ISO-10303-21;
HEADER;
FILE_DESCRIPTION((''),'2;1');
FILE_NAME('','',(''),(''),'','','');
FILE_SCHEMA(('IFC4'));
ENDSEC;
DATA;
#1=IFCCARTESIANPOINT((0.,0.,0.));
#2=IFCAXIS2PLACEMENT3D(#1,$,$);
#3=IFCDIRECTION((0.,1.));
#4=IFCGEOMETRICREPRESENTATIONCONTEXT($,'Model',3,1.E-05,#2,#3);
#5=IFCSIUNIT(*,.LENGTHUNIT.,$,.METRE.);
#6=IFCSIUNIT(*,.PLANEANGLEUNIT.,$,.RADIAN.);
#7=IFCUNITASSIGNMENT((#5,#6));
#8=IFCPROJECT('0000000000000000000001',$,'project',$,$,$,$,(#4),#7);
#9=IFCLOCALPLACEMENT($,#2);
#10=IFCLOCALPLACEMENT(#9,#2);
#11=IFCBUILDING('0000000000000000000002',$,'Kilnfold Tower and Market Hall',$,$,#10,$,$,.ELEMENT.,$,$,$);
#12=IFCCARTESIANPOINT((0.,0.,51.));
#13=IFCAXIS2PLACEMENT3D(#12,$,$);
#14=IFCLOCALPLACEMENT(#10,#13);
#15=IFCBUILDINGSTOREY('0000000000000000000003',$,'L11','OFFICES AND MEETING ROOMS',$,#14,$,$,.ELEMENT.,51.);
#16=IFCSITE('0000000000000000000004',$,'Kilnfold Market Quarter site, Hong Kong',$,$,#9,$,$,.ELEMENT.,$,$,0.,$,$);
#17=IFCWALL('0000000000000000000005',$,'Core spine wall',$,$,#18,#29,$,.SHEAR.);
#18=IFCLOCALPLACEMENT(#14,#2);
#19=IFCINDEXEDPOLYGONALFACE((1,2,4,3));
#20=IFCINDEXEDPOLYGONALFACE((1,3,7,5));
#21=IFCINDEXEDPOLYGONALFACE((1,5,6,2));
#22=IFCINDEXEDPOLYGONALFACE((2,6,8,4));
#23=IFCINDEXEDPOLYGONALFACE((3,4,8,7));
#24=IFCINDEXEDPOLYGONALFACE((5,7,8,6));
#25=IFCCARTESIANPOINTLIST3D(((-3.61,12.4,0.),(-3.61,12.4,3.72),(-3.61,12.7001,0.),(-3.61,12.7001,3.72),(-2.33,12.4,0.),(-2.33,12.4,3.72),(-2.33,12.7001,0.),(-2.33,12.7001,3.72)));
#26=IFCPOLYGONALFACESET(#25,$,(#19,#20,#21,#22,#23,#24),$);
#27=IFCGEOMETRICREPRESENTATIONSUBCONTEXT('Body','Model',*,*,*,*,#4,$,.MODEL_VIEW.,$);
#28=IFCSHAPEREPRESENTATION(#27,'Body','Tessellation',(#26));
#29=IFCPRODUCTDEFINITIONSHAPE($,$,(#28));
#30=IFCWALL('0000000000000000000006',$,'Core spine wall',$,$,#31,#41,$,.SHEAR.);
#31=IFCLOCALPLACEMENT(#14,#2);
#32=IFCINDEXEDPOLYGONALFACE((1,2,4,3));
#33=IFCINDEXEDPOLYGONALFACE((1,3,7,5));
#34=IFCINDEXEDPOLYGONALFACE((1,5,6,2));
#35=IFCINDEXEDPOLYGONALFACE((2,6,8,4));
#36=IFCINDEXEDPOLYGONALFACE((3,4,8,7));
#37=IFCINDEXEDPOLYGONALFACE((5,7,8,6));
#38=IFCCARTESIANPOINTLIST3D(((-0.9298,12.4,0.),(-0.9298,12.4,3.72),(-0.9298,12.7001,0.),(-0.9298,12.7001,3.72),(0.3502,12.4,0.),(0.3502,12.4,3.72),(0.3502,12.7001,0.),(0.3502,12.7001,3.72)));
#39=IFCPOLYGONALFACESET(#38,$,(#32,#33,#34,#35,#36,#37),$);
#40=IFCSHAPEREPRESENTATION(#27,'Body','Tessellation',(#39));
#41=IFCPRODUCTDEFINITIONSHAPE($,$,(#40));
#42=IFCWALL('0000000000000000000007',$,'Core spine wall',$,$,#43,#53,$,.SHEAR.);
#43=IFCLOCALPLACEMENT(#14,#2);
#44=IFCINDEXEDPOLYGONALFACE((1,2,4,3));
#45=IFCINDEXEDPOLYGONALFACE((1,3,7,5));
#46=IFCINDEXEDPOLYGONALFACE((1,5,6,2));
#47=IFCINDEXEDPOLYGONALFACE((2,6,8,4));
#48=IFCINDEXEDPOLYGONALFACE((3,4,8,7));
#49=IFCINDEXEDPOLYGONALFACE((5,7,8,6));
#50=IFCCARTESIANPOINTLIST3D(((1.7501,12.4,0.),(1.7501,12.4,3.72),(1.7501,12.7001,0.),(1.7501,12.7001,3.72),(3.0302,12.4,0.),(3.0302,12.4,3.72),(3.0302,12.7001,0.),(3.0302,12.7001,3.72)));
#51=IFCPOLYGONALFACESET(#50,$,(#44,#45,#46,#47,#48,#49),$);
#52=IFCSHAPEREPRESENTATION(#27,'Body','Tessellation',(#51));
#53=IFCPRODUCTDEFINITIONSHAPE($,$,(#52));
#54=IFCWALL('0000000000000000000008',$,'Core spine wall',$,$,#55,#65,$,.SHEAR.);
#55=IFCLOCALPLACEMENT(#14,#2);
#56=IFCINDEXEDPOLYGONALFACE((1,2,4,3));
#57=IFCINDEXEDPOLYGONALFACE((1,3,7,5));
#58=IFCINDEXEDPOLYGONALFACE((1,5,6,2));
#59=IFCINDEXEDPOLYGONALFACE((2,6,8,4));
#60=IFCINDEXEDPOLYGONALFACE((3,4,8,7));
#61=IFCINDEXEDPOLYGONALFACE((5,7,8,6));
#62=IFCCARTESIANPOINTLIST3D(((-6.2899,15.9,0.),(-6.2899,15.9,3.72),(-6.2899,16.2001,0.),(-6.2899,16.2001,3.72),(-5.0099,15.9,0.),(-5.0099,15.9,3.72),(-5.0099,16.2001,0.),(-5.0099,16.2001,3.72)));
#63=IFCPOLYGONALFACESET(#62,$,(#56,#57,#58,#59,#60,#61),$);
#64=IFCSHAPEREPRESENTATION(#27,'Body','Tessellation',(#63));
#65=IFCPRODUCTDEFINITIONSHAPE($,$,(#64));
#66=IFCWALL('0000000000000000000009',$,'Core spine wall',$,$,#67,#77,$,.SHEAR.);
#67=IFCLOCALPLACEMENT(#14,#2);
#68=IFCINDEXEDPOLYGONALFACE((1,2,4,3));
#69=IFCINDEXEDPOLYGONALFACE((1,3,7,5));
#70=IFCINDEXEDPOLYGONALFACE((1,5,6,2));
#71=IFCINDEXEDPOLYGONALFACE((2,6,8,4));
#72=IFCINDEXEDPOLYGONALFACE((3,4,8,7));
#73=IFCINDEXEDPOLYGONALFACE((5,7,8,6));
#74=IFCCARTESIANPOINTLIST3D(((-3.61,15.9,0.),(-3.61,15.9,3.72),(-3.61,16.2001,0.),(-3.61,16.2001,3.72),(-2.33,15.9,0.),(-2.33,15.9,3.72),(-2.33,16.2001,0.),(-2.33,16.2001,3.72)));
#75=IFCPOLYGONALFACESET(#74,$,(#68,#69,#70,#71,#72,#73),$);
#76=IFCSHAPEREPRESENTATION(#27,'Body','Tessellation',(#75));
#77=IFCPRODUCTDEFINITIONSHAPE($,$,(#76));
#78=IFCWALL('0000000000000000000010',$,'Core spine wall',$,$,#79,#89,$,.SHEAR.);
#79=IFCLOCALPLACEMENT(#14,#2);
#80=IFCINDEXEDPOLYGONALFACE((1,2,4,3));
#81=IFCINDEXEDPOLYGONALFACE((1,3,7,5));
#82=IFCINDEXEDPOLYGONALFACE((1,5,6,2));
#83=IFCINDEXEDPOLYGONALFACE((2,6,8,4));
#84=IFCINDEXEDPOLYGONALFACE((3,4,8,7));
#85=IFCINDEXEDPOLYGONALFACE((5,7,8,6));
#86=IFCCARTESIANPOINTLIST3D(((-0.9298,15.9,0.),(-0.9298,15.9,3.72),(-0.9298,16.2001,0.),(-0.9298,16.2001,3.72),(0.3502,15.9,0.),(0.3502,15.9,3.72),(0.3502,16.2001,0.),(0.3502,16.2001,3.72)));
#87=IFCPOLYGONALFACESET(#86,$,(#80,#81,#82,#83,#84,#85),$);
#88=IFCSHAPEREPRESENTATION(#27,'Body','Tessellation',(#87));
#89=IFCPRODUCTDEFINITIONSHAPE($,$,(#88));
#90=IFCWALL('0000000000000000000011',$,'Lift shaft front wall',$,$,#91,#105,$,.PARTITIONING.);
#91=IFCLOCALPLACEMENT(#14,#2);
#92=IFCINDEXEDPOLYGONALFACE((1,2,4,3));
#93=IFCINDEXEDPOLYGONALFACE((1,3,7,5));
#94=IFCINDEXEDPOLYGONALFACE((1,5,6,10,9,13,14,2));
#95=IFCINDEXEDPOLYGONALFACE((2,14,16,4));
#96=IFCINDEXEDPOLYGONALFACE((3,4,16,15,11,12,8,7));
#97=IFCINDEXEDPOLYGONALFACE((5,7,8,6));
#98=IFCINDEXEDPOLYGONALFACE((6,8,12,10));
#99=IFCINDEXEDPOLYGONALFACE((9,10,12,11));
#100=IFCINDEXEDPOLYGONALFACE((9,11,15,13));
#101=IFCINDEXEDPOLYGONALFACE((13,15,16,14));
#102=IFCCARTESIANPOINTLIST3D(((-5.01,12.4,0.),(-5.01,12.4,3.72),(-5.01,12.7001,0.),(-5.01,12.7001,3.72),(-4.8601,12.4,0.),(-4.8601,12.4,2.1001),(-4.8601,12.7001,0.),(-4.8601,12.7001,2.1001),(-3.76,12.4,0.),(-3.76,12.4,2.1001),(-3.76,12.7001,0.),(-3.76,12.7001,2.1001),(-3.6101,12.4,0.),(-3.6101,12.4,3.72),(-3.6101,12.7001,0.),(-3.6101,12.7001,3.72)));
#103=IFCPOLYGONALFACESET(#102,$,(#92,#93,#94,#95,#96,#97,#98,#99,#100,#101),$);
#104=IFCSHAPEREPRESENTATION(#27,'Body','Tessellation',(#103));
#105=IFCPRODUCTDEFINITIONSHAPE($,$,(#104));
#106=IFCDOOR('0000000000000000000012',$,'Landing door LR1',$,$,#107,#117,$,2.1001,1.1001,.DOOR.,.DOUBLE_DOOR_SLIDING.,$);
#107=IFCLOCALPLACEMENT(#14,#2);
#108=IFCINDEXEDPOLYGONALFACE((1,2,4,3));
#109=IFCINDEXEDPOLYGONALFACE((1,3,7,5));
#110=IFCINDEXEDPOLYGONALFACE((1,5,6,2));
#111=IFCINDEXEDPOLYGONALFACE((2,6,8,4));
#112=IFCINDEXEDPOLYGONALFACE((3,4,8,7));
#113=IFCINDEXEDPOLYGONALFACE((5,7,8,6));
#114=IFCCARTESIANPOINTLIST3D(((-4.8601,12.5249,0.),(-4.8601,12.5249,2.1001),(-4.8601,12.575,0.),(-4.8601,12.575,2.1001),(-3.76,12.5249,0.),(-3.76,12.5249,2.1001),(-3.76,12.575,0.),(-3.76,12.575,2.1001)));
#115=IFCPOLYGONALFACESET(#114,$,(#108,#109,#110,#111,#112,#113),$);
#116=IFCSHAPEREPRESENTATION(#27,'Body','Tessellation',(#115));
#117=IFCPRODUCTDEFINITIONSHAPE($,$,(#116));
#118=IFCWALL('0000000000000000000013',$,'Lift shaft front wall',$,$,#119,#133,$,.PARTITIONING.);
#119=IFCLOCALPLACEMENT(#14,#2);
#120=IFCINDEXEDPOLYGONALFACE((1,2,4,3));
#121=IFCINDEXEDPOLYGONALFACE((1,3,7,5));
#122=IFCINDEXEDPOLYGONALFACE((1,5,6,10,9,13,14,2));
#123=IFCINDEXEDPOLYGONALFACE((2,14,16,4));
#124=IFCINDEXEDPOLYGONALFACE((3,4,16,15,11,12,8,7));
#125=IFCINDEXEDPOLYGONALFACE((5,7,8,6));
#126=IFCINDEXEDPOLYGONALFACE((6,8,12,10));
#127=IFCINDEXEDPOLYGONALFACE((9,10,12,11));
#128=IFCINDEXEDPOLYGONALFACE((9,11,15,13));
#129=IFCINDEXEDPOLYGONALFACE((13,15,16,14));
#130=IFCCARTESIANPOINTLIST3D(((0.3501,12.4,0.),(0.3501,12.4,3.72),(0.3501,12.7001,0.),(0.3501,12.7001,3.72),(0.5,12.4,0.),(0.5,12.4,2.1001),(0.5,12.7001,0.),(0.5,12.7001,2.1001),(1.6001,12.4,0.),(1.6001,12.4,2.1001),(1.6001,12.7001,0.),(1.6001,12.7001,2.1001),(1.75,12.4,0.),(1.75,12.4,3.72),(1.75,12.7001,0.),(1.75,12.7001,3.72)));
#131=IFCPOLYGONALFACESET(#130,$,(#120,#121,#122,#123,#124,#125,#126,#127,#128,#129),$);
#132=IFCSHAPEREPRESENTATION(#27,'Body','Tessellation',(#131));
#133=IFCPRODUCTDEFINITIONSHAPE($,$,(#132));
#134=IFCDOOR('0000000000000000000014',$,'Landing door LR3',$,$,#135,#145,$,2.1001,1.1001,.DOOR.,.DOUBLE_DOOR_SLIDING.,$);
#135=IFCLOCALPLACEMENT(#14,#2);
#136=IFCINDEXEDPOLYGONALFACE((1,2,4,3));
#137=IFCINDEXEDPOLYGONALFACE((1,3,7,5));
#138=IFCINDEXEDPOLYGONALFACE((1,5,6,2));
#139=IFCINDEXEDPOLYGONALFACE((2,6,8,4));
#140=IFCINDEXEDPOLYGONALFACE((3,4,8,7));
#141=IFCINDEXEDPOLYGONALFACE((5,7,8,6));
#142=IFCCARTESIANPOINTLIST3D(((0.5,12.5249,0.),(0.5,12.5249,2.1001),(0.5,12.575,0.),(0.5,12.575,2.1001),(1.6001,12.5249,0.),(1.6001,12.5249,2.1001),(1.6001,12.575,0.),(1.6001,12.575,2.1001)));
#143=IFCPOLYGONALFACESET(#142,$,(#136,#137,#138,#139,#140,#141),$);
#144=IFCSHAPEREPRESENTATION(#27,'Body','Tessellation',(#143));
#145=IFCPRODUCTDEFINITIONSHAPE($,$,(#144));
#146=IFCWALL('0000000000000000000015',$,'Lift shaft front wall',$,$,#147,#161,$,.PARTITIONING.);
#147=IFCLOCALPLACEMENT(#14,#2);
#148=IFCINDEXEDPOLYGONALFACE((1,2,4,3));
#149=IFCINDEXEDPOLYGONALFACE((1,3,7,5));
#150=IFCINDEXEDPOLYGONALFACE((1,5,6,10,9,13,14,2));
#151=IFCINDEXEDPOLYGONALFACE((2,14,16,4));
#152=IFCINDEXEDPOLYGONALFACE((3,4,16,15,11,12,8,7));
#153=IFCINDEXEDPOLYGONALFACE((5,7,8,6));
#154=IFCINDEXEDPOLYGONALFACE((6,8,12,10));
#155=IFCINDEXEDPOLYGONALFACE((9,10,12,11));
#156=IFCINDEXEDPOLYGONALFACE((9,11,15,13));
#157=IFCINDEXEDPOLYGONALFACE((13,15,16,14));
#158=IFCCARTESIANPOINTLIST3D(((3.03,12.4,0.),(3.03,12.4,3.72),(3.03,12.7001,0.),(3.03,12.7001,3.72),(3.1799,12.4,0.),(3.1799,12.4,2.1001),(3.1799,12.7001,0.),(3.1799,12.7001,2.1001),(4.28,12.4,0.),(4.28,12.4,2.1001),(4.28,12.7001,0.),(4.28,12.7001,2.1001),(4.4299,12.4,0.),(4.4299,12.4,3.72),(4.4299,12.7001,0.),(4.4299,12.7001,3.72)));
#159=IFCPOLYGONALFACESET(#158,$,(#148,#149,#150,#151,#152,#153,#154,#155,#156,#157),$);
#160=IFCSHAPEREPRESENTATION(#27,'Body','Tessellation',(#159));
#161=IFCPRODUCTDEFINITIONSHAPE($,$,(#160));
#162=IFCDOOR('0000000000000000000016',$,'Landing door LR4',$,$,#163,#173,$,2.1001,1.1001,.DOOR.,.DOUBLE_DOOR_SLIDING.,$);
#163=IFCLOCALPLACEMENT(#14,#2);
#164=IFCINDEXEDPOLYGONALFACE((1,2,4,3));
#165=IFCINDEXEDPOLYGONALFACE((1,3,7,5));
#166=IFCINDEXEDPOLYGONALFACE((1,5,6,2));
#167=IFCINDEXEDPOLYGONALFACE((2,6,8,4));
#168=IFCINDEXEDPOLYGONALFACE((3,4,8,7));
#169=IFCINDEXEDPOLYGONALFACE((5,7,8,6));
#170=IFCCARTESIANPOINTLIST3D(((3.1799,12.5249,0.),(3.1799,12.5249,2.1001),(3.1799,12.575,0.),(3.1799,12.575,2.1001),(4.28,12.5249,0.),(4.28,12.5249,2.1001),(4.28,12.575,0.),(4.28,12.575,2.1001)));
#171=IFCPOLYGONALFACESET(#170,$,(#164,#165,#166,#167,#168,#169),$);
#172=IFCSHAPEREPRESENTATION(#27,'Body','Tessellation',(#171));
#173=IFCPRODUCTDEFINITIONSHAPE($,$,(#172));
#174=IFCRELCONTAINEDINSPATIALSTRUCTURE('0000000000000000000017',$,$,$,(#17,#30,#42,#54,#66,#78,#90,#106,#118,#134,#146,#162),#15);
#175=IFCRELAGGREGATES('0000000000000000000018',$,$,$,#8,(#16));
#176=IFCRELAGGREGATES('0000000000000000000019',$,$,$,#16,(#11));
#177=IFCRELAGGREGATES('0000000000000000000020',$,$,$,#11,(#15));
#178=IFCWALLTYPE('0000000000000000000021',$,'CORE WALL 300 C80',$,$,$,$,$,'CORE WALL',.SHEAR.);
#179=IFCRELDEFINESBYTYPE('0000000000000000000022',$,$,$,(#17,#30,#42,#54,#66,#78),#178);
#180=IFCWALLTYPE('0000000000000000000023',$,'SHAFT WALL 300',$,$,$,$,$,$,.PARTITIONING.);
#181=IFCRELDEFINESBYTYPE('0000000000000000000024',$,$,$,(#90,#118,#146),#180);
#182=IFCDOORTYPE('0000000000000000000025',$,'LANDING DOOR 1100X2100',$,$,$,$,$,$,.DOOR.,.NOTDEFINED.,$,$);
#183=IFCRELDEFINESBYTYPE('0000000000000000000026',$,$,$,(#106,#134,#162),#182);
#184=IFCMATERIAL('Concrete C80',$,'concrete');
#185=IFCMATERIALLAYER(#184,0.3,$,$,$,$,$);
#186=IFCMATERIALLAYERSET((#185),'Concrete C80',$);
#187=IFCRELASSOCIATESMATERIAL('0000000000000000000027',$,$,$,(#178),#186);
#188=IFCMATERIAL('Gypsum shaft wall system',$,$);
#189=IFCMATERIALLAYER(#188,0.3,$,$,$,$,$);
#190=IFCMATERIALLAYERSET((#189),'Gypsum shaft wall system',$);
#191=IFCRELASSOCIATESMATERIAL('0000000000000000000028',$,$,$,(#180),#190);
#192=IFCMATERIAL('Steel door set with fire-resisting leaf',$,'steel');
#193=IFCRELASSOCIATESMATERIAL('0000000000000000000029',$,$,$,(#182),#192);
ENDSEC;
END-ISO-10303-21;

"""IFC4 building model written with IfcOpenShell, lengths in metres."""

from ifc_helpers import new_model, si_unit, direction, frame, frame_2d, origin, place, context, subcontext, project, spatial, rectangle, extrude, source, transform, mapped, material, layer, layer_set, type_object, element, fill, save


model = new_model("IFC4")

# Units and contexts
model_context = context("Model", 3, precision=1e-05, world=origin(), true_north=direction((0.0, 1.0)))
body_context = subcontext(model_context, "Body", "Model", "MODEL_VIEW")
ifc_project = project(units=[si_unit("LENGTHUNIT", "METRE"), si_unit("PLANEANGLEUNIT", "RADIAN")], contexts=[model_context])

# Site, building, storey
site_placement = place(None, origin())
site = spatial("IfcSite", under=ifc_project, at=site_placement, Name="Kilnfold Market Quarter site, Hong Kong", CompositionType="ELEMENT", RefElevation=0.0)
building_placement = place(site_placement, origin())
building = spatial("IfcBuilding", under=site, at=building_placement, Name="Kilnfold Tower and Market Hall", CompositionType="ELEMENT")
storey_placement = place(building_placement, frame((0.0, 0.0, 51.0)))
storey = spatial("IfcBuildingStorey", under=building, at=storey_placement, Name="L11", Description="OFFICES AND MEETING ROOMS", CompositionType="ELEMENT", Elevation=51.0)

# Walls
ifc_material_1 = material(Name="Concrete C80", Category="concrete")
ifc_layer_1 = layer(ifc_material_1, 0.3)
ifc_layer_set_1 = layer_set([ifc_layer_1], Name="Concrete C80")
wall_type_1 = type_object("IfcWallType", Name="CORE WALL 300 C80", ElementType="CORE WALL", PredefinedType="SHEAR", material=ifc_layer_set_1)
shared_shape_1 = source(origin(), body_context, "Body", "SweptSolid", [
    extrude(rectangle(XDim=1.28, YDim=0.3, at=frame_2d((0.6401, 0.0))), origin(), (0.0, 0.0, 1.0), 3.72),
])
for number, where, z_axis, x_axis, name in (
    (1, (-3.6101, 12.55, 0.0), (0.0, 0.0, 1.0), (1.0, 0.0, 0.0), "Core spine wall"),
    (2, (-0.9299, 12.55, 0.0), (0.0, 0.0, 1.0), (1.0, 0.0, 0.0), "Core spine wall"),
    (3, (1.75, 12.55, 0.0), (0.0, 0.0, 1.0), (1.0, 0.0, 0.0), "Core spine wall"),
    (4, (-6.29, 16.05, 0.0), (0.0, 0.0, 1.0), (1.0, 0.0, 0.0), "Core spine wall"),
    (5, (-3.6101, 16.05, 0.0), (0.0, 0.0, 1.0), (1.0, 0.0, 0.0), "Core spine wall"),
    (6, (-0.9299, 16.05, 0.0), (0.0, 0.0, 1.0), (1.0, 0.0, 0.0), "Core spine wall"),
):
    element("IfcWall", number, at=place(storey_placement, frame(where, z_axis=z_axis, x_axis=x_axis)), inside=storey, type_object=wall_type_1, Name=name, PredefinedType="SHEAR", context=body_context, shape_type="MappedRepresentation", body=[
        mapped(shared_shape_1, transform((0.0, 0.0, 0.0))),
    ])

# Walls, openings, doors
ifc_material_2 = material(Name="Gypsum shaft wall system")
ifc_layer_2 = layer(ifc_material_2, 0.3)
ifc_layer_set_2 = layer_set([ifc_layer_2], Name="Gypsum shaft wall system")
wall_type_2 = type_object("IfcWallType", Name="SHAFT WALL 300", PredefinedType="PARTITIONING", material=ifc_layer_set_2)
shared_shape_2 = source(origin(), body_context, "Body", "SweptSolid", [
    extrude(rectangle(XDim=1.3999, YDim=0.3, at=frame_2d((0.7, 0.0))), origin(), (0.0, 0.0, 1.0), 3.72),
])
wall_1_placement = place(storey_placement, frame((-5.01, 12.55, 0.0), z_axis=(0.0, 0.0, 1.0), x_axis=(1.0, 0.0, 0.0)))
wall_1 = element("IfcWall", 7, at=wall_1_placement, inside=storey, type_object=wall_type_2, Name="Lift shaft front wall", PredefinedType="PARTITIONING", context=body_context, shape_type="MappedRepresentation", body=[
    mapped(shared_shape_2, transform((0.0, 0.0, 0.0))),
])
opening_1_placement = place(wall_1_placement, frame((0.1499, 0.0, 0.0)))
opening_1 = element("IfcOpeningElement", 8, at=opening_1_placement, cuts=wall_1, PredefinedType="OPENING", context=body_context, shape_type="SweptSolid", body=[
    extrude(rectangle(XDim=1.1001, YDim=2.1001, at=frame_2d((0.55, 1.05))), frame((0.0, 0.1602, 0.0), z_axis=(0.0, -1.0, 0.0), x_axis=(1.0, 0.0, 0.0)), (0.0, 0.0, 1.0), 0.3201),
])
ifc_material_3 = material(Name="Steel door set with fire-resisting leaf", Category="steel")
door_type = type_object("IfcDoorType", Name="LANDING DOOR 1100X2100", OperationType="NOTDEFINED", PredefinedType="DOOR", material=ifc_material_3)
door_1_placement = place(opening_1_placement, origin())
door_1 = element("IfcDoor", 9, at=door_1_placement, inside=storey, type_object=door_type, Name="Landing door LR1", OperationType="DOUBLE_DOOR_SLIDING", OverallHeight=2.1001, OverallWidth=1.1001, PredefinedType="DOOR", context=body_context, shape_type="SweptSolid", body=[
    extrude(rectangle(XDim=1.1001, YDim=2.1001, at=frame_2d((0.55, 1.05))), frame((0.0, 0.0249, 0.0), z_axis=(0.0, -1.0, 0.0), x_axis=(1.0, 0.0, 0.0)), (0.0, 0.0, 1.0), 0.05),
])
fill(opening_1, door_1)
wall_2_placement = place(storey_placement, frame((0.3501, 12.55, 0.0), z_axis=(0.0, 0.0, 1.0), x_axis=(1.0, 0.0, 0.0)))
wall_2 = element("IfcWall", 10, at=wall_2_placement, inside=storey, type_object=wall_type_2, Name="Lift shaft front wall", PredefinedType="PARTITIONING", context=body_context, shape_type="MappedRepresentation", body=[
    mapped(shared_shape_2, transform((0.0, 0.0, 0.0))),
])
opening_2_placement = place(wall_2_placement, frame((0.1499, 0.0, 0.0)))
opening_2 = element("IfcOpeningElement", 11, at=opening_2_placement, cuts=wall_2, PredefinedType="OPENING", context=body_context, shape_type="SweptSolid", body=[
    extrude(rectangle(XDim=1.1001, YDim=2.1001, at=frame_2d((0.55, 1.05))), frame((0.0, 0.1602, 0.0), z_axis=(0.0, -1.0, 0.0), x_axis=(1.0, 0.0, 0.0)), (0.0, 0.0, 1.0), 0.3201),
])
door_2_placement = place(opening_2_placement, origin())
door_2 = element("IfcDoor", 12, at=door_2_placement, inside=storey, type_object=door_type, Name="Landing door LR3", OperationType="DOUBLE_DOOR_SLIDING", OverallHeight=2.1001, OverallWidth=1.1001, PredefinedType="DOOR", context=body_context, shape_type="SweptSolid", body=[
    extrude(rectangle(XDim=1.1001, YDim=2.1001, at=frame_2d((0.55, 1.05))), frame((0.0, 0.0249, 0.0), z_axis=(0.0, -1.0, 0.0), x_axis=(1.0, 0.0, 0.0)), (0.0, 0.0, 1.0), 0.05),
])
fill(opening_2, door_2)
wall_3_placement = place(storey_placement, frame((3.03, 12.55, 0.0), z_axis=(0.0, 0.0, 1.0), x_axis=(1.0, 0.0, 0.0)))
wall_3 = element("IfcWall", 13, at=wall_3_placement, inside=storey, type_object=wall_type_2, Name="Lift shaft front wall", PredefinedType="PARTITIONING", context=body_context, shape_type="MappedRepresentation", body=[
    mapped(shared_shape_2, transform((0.0, 0.0, 0.0))),
])
opening_3_placement = place(wall_3_placement, frame((0.1499, 0.0, 0.0)))
opening_3 = element("IfcOpeningElement", 14, at=opening_3_placement, cuts=wall_3, PredefinedType="OPENING", context=body_context, shape_type="SweptSolid", body=[
    extrude(rectangle(XDim=1.1001, YDim=2.1001, at=frame_2d((0.55, 1.05))), frame((0.0, 0.1602, 0.0), z_axis=(0.0, -1.0, 0.0), x_axis=(1.0, 0.0, 0.0)), (0.0, 0.0, 1.0), 0.3201),
])
door_3_placement = place(opening_3_placement, origin())
door_3 = element("IfcDoor", 15, at=door_3_placement, inside=storey, type_object=door_type, Name="Landing door LR4", OperationType="DOUBLE_DOOR_SLIDING", OverallHeight=2.1001, OverallWidth=1.1001, PredefinedType="DOOR", context=body_context, shape_type="SweptSolid", body=[
    extrude(rectangle(XDim=1.1001, YDim=2.1001, at=frame_2d((0.55, 1.05))), frame((0.0, 0.0249, 0.0), z_axis=(0.0, -1.0, 0.0), x_axis=(1.0, 0.0, 0.0)), (0.0, 0.0, 1.0), 0.05),
])
fill(opening_3, door_3)

save(model, "model.ifc")
